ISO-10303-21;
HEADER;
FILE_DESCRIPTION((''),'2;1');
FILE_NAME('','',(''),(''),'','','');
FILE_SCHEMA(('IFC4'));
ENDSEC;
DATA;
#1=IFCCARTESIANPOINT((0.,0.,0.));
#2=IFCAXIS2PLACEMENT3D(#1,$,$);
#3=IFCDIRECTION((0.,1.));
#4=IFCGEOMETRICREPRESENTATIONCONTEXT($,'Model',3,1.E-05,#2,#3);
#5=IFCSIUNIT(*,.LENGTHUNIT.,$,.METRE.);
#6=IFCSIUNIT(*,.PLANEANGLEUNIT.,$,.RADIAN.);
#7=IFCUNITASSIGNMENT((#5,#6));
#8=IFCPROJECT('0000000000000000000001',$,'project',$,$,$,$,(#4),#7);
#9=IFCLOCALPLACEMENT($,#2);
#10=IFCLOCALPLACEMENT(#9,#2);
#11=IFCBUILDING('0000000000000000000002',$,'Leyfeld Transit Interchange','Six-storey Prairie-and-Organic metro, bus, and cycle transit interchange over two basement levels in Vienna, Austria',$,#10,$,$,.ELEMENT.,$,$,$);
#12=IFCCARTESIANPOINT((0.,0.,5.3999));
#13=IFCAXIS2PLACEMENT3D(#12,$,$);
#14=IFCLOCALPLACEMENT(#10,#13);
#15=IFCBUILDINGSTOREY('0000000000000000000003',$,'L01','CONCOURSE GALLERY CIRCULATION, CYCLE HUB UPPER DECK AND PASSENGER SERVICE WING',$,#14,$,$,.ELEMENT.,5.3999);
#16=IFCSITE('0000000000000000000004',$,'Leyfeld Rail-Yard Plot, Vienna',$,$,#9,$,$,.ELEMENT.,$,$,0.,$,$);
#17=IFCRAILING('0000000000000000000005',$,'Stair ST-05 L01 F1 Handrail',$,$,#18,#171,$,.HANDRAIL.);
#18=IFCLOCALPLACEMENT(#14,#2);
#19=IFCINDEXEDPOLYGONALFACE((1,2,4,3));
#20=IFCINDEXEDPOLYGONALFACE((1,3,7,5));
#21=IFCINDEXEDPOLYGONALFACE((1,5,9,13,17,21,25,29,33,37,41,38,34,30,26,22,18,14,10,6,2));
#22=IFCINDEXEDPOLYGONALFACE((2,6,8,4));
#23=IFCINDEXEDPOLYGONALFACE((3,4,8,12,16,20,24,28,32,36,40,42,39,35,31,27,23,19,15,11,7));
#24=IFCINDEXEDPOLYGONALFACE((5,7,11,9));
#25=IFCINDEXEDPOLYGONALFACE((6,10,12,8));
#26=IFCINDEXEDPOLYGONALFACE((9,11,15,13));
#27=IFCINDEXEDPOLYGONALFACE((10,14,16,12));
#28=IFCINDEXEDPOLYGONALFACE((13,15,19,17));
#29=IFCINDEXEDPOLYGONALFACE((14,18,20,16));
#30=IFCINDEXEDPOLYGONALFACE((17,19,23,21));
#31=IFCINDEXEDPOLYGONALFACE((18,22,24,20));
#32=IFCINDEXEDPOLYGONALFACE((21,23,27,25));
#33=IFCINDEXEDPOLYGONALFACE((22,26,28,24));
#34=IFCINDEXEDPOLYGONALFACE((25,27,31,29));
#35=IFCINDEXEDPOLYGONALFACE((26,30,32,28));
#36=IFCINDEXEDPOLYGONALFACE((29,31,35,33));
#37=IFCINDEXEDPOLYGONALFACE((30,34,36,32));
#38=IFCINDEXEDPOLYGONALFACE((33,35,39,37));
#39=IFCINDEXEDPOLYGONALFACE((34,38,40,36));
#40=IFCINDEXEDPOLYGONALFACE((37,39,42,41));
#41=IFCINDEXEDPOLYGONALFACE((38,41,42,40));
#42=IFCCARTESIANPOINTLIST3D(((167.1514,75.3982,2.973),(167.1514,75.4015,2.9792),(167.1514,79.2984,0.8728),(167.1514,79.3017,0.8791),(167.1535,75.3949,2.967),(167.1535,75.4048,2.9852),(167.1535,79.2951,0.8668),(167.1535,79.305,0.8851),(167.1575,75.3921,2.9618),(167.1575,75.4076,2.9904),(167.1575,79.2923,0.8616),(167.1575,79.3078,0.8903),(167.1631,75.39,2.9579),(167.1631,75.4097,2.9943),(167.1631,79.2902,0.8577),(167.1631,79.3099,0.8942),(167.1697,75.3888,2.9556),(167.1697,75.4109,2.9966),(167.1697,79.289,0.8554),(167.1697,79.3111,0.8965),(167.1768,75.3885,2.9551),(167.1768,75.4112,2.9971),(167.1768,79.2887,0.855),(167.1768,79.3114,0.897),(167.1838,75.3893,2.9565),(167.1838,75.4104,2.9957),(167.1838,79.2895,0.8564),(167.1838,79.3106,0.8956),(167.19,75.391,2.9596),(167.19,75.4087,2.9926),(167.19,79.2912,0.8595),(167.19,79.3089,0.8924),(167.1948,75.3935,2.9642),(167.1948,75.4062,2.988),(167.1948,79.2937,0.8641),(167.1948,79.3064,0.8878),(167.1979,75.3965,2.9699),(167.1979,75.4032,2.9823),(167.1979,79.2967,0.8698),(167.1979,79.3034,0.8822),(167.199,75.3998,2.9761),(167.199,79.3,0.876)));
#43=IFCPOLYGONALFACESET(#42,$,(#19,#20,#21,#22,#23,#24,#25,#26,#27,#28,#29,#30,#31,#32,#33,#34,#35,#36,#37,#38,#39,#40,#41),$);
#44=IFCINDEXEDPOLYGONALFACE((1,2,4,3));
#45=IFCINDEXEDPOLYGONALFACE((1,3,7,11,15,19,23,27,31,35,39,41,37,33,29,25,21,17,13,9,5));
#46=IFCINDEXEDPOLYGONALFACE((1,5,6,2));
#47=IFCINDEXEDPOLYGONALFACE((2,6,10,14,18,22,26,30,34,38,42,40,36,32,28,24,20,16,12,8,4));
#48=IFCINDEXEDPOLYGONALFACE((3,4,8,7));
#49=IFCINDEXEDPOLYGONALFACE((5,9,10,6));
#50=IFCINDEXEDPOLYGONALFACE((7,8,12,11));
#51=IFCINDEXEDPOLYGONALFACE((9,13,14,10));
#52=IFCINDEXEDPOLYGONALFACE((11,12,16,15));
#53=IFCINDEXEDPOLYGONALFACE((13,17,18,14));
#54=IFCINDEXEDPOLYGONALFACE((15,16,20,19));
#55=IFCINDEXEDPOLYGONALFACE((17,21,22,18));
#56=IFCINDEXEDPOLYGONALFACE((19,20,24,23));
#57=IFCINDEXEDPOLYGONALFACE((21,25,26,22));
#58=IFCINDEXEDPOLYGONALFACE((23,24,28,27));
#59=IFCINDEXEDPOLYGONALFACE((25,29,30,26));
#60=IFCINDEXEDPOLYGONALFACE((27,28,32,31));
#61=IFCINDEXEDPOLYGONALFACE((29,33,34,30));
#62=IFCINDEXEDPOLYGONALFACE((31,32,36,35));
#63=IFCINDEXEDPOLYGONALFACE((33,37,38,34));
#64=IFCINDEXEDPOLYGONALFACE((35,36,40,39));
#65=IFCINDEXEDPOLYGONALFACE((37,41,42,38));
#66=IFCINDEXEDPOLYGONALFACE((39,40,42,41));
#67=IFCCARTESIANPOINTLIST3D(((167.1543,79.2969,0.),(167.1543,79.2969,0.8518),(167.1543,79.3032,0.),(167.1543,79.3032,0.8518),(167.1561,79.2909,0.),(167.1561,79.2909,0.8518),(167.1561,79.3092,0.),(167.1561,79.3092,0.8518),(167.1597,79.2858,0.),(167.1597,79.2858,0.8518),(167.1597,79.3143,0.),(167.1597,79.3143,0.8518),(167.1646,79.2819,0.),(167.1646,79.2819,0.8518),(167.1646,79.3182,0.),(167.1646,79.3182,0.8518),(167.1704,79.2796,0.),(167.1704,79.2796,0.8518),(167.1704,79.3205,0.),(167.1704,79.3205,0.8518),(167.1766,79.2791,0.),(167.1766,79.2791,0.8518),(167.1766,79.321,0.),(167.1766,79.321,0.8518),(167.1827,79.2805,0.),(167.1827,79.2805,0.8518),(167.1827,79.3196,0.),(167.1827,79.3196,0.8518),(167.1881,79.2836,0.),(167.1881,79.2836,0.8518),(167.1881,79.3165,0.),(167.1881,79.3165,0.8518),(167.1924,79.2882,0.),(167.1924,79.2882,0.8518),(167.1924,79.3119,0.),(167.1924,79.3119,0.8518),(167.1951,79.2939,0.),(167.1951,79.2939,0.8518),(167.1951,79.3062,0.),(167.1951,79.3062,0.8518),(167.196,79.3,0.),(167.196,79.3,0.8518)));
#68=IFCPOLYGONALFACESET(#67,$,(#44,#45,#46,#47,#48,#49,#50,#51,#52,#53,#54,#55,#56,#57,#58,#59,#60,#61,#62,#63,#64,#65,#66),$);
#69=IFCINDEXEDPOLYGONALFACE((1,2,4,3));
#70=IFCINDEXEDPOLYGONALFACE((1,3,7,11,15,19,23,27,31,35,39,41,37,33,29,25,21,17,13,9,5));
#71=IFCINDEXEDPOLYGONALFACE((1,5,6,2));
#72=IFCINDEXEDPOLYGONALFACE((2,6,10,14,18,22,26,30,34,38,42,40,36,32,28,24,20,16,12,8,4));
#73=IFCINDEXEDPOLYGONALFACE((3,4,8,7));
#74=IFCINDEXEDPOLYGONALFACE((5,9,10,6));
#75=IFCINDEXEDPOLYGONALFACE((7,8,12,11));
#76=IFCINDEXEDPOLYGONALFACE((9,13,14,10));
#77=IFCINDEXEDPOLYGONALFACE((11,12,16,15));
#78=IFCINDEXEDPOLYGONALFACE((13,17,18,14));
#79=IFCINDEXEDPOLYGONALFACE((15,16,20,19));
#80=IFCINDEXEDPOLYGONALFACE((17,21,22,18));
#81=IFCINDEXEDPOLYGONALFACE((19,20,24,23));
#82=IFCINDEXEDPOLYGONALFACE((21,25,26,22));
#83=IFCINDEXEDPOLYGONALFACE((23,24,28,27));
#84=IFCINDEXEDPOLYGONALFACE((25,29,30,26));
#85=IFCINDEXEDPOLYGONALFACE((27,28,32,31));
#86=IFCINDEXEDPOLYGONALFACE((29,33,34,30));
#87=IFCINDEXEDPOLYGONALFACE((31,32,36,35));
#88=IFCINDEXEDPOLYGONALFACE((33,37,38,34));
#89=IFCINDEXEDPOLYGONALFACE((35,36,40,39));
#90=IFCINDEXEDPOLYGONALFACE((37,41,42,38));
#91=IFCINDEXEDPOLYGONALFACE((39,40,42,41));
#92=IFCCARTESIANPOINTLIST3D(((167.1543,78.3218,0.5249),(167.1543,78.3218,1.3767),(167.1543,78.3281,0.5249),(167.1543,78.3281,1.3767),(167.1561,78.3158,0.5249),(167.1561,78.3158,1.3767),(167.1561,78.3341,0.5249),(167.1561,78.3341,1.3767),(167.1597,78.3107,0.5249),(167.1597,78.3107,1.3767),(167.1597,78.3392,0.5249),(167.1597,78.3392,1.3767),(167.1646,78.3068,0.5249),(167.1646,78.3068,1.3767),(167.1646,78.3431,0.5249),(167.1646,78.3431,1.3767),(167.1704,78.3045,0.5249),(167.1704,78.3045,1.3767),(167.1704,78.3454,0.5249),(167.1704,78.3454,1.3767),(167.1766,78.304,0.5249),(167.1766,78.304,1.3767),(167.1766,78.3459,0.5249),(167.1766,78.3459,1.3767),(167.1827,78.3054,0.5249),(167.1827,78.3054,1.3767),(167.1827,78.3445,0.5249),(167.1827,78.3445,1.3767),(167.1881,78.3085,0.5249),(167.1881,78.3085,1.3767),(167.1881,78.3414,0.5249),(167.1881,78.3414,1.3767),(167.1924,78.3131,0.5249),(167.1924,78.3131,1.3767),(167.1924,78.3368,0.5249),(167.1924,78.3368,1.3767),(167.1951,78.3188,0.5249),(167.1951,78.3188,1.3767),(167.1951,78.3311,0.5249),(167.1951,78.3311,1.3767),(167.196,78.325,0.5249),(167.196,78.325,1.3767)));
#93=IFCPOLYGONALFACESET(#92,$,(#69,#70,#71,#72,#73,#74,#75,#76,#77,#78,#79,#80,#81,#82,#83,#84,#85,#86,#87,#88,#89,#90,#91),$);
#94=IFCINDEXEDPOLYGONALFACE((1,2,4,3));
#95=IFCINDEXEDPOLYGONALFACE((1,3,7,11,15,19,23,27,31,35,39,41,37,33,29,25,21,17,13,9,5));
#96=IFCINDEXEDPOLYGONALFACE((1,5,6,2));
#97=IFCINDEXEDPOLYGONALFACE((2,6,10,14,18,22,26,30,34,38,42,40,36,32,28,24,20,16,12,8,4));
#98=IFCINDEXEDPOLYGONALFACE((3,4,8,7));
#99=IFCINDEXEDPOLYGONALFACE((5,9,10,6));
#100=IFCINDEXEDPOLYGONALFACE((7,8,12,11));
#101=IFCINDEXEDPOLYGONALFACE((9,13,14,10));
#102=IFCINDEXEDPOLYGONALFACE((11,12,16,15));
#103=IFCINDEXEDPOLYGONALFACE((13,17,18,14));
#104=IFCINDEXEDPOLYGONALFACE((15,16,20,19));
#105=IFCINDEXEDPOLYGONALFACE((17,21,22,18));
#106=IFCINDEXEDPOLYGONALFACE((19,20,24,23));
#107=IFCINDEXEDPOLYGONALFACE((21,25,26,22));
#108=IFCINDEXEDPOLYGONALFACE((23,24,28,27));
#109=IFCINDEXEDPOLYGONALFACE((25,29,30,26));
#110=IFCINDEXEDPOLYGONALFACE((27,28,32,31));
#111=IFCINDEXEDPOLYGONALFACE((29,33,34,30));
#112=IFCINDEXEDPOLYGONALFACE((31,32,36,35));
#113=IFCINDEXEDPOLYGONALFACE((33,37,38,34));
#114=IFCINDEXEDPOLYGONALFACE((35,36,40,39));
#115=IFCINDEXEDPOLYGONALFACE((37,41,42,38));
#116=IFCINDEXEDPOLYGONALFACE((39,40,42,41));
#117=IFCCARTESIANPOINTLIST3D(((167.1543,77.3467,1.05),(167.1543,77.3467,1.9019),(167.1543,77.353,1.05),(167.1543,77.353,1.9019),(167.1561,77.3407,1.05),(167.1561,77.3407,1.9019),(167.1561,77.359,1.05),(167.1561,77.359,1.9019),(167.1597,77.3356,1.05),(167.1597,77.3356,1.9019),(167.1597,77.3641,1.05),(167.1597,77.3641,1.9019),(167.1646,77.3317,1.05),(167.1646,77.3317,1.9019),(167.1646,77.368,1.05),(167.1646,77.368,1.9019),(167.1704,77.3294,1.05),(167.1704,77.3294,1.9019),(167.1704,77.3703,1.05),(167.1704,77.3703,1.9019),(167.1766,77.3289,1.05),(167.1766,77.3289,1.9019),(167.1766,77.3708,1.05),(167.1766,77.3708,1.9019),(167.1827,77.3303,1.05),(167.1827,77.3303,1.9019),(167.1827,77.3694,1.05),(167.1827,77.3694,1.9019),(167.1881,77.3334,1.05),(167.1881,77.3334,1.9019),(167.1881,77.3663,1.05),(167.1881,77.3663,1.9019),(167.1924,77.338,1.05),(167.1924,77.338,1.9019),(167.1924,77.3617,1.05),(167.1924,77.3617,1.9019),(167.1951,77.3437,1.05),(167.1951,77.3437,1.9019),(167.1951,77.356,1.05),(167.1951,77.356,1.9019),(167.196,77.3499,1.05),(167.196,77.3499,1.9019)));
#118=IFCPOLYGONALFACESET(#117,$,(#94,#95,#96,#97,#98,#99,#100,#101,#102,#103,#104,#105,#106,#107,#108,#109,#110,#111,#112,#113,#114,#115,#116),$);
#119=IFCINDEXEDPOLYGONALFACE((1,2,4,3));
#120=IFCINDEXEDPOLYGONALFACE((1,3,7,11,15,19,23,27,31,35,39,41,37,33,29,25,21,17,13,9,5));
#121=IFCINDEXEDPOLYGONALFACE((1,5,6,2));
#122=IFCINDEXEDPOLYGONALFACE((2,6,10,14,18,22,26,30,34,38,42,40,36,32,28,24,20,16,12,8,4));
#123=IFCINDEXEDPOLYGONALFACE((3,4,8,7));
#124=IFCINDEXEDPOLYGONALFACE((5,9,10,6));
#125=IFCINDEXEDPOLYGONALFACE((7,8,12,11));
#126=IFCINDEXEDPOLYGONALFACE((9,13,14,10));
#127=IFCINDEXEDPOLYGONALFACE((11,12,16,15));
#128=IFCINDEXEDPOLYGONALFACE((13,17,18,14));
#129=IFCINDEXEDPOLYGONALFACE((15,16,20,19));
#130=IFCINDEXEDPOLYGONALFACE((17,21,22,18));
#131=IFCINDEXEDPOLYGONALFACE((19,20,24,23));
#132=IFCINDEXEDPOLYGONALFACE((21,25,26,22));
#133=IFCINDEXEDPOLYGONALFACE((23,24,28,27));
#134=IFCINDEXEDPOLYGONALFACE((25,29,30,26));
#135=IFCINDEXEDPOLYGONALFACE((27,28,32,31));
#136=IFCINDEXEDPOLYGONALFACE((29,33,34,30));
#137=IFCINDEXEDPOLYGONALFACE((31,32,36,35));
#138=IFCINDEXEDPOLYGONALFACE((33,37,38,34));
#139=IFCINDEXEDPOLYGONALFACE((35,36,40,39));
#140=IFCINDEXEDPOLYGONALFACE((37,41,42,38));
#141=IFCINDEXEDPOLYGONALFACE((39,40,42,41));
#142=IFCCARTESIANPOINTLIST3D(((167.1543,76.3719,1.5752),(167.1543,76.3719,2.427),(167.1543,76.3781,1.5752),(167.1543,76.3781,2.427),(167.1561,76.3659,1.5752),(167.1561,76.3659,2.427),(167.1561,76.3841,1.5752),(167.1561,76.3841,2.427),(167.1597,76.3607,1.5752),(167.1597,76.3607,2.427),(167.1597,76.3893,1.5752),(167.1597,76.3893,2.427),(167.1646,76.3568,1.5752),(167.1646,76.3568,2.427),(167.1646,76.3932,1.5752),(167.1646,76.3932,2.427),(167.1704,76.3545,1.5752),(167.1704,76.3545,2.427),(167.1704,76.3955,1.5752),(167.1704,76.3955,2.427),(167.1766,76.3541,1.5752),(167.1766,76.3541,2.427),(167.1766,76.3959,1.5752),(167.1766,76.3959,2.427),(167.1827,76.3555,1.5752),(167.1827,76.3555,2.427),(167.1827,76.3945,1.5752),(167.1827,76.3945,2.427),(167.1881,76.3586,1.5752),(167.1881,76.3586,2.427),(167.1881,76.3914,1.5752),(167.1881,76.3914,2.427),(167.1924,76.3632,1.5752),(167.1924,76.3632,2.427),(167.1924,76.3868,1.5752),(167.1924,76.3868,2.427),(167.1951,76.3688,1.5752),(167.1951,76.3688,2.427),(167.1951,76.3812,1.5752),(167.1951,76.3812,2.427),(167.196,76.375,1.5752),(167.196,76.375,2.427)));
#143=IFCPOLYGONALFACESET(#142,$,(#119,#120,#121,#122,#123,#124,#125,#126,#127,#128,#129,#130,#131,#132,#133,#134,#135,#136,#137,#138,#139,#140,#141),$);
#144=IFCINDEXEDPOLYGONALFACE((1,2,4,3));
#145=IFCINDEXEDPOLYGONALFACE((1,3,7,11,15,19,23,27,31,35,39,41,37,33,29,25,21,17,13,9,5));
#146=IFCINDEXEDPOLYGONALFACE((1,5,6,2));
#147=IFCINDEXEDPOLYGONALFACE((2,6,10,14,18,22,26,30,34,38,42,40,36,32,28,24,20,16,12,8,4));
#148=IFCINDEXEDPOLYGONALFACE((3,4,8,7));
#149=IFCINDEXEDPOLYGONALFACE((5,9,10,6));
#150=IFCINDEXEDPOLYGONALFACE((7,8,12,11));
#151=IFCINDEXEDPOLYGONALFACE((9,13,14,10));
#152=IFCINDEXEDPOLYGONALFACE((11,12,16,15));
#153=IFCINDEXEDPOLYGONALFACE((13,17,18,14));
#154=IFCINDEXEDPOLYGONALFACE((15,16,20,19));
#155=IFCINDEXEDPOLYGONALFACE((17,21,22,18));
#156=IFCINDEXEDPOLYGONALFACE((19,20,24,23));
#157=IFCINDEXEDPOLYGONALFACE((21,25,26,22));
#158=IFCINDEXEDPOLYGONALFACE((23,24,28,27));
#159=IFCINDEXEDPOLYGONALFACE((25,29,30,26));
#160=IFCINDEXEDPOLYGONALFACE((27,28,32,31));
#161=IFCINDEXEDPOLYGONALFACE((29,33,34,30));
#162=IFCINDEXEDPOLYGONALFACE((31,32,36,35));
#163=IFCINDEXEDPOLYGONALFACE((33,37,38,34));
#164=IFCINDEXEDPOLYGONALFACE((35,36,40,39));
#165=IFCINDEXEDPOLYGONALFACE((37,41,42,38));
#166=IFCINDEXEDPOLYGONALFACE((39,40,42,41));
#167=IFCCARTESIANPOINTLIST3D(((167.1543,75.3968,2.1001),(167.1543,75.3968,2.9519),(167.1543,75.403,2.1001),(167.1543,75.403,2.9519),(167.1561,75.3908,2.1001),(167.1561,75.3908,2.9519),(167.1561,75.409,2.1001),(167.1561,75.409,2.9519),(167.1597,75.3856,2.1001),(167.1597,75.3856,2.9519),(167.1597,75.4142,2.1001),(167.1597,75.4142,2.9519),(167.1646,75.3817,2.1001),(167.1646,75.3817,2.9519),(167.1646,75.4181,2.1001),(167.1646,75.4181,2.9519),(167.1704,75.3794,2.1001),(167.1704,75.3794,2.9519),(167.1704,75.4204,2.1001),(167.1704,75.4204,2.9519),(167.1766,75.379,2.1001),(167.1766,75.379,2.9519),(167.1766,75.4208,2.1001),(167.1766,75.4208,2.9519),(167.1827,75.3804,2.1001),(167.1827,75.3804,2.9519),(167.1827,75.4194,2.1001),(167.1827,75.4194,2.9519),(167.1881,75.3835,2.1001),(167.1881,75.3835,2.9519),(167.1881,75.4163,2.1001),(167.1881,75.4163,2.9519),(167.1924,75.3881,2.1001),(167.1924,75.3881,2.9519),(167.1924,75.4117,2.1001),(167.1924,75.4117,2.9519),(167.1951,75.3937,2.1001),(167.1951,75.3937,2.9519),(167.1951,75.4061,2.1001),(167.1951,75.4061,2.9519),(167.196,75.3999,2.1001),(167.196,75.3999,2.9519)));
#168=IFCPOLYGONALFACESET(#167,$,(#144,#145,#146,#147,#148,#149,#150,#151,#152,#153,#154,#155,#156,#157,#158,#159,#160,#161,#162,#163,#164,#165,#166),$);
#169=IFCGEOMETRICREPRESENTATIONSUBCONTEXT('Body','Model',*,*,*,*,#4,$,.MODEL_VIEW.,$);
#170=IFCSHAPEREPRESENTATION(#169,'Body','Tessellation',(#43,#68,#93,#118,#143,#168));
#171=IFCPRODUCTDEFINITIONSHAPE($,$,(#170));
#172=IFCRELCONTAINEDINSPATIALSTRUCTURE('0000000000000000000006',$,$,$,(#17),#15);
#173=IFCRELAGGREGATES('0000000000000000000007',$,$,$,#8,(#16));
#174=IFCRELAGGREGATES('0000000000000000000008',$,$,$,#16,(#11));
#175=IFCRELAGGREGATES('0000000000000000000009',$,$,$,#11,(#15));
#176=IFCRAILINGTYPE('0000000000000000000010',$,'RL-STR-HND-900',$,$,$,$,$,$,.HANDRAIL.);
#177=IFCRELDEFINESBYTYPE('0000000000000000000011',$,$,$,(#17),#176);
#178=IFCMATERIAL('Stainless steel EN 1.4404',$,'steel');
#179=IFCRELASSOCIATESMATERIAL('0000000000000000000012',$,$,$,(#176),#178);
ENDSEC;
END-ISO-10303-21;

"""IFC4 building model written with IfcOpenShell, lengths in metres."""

from ifc_helpers import new_model, si_unit, direction, frame, origin, origin_2d, place, context, subcontext, project, spatial, circle, extrude, material, type_object, element, save


model = new_model("IFC4")

# Units and contexts
model_context = context("Model", 3, precision=1e-05, world=origin(), true_north=direction((0.0, 1.0)))
body_context = subcontext(model_context, "Body", "Model", "MODEL_VIEW")
ifc_project = project(units=[si_unit("LENGTHUNIT", "METRE"), si_unit("PLANEANGLEUNIT", "RADIAN")], contexts=[model_context])

# Site, building, storey
site_placement = place(None, origin())
site = spatial("IfcSite", under=ifc_project, at=site_placement, Name="Leyfeld Rail-Yard Plot, Vienna", CompositionType="ELEMENT", RefElevation=0.0)
building_placement = place(site_placement, origin())
building = spatial("IfcBuilding", under=site, at=building_placement, Name="Leyfeld Transit Interchange", Description="Six-storey Prairie-and-Organic metro, bus, and cycle transit interchange over two basement levels in Vienna, Austria", CompositionType="ELEMENT")
storey_placement = place(building_placement, frame((0.0, 0.0, 5.3999)))
storey = spatial("IfcBuildingStorey", under=building, at=storey_placement, Name="L01", Description="CONCOURSE GALLERY CIRCULATION, CYCLE HUB UPPER DECK AND PASSENGER SERVICE WING", CompositionType="ELEMENT", Elevation=5.3999)

# Railing
ifc_material_1 = material(Name="Stainless steel EN 1.4404", Category="steel")
railing_type_1 = type_object("IfcRailingType", Name="RL-STR-HND-900", PredefinedType="HANDRAIL", material=ifc_material_1)
railing_1_placement = place(storey_placement, frame((167.175, 79.3, 0.0)))
element("IfcRailing", 1, at=railing_1_placement, inside=storey, type_object=railing_type_1, Name="Stair ST-05 L01 F1 Handrail", PredefinedType="HANDRAIL", context=body_context, shape_type="SweptSolid", body=[
    extrude(circle(Radius=0.0239, at=origin_2d()), frame((0.0, 0.0, 0.876), z_axis=(0.0, -0.880469, 0.474103), x_axis=(1.0, 0.0, 0.0)), (0.0, 0.0, 1.0), 4.4297),
    extrude(circle(Radius=0.021, at=origin_2d()), origin(), (0.0, 0.0, 1.0), 0.8518),
    extrude(circle(Radius=0.021, at=origin_2d()), frame((0.0, -0.9751, 0.5249)), (0.0, 0.0, 1.0), 0.8518),
    extrude(circle(Radius=0.021, at=origin_2d()), frame((0.0, -1.9502, 1.05)), (0.0, 0.0, 1.0), 0.8518),
    extrude(circle(Radius=0.021, at=origin_2d()), frame((0.0, -2.925, 1.5752)), (0.0, 0.0, 1.0), 0.8518),
    extrude(circle(Radius=0.021, at=origin_2d()), frame((0.0, -3.9001, 2.1001)), (0.0, 0.0, 1.0), 0.8518),
])

save(model, "model.ifc")
